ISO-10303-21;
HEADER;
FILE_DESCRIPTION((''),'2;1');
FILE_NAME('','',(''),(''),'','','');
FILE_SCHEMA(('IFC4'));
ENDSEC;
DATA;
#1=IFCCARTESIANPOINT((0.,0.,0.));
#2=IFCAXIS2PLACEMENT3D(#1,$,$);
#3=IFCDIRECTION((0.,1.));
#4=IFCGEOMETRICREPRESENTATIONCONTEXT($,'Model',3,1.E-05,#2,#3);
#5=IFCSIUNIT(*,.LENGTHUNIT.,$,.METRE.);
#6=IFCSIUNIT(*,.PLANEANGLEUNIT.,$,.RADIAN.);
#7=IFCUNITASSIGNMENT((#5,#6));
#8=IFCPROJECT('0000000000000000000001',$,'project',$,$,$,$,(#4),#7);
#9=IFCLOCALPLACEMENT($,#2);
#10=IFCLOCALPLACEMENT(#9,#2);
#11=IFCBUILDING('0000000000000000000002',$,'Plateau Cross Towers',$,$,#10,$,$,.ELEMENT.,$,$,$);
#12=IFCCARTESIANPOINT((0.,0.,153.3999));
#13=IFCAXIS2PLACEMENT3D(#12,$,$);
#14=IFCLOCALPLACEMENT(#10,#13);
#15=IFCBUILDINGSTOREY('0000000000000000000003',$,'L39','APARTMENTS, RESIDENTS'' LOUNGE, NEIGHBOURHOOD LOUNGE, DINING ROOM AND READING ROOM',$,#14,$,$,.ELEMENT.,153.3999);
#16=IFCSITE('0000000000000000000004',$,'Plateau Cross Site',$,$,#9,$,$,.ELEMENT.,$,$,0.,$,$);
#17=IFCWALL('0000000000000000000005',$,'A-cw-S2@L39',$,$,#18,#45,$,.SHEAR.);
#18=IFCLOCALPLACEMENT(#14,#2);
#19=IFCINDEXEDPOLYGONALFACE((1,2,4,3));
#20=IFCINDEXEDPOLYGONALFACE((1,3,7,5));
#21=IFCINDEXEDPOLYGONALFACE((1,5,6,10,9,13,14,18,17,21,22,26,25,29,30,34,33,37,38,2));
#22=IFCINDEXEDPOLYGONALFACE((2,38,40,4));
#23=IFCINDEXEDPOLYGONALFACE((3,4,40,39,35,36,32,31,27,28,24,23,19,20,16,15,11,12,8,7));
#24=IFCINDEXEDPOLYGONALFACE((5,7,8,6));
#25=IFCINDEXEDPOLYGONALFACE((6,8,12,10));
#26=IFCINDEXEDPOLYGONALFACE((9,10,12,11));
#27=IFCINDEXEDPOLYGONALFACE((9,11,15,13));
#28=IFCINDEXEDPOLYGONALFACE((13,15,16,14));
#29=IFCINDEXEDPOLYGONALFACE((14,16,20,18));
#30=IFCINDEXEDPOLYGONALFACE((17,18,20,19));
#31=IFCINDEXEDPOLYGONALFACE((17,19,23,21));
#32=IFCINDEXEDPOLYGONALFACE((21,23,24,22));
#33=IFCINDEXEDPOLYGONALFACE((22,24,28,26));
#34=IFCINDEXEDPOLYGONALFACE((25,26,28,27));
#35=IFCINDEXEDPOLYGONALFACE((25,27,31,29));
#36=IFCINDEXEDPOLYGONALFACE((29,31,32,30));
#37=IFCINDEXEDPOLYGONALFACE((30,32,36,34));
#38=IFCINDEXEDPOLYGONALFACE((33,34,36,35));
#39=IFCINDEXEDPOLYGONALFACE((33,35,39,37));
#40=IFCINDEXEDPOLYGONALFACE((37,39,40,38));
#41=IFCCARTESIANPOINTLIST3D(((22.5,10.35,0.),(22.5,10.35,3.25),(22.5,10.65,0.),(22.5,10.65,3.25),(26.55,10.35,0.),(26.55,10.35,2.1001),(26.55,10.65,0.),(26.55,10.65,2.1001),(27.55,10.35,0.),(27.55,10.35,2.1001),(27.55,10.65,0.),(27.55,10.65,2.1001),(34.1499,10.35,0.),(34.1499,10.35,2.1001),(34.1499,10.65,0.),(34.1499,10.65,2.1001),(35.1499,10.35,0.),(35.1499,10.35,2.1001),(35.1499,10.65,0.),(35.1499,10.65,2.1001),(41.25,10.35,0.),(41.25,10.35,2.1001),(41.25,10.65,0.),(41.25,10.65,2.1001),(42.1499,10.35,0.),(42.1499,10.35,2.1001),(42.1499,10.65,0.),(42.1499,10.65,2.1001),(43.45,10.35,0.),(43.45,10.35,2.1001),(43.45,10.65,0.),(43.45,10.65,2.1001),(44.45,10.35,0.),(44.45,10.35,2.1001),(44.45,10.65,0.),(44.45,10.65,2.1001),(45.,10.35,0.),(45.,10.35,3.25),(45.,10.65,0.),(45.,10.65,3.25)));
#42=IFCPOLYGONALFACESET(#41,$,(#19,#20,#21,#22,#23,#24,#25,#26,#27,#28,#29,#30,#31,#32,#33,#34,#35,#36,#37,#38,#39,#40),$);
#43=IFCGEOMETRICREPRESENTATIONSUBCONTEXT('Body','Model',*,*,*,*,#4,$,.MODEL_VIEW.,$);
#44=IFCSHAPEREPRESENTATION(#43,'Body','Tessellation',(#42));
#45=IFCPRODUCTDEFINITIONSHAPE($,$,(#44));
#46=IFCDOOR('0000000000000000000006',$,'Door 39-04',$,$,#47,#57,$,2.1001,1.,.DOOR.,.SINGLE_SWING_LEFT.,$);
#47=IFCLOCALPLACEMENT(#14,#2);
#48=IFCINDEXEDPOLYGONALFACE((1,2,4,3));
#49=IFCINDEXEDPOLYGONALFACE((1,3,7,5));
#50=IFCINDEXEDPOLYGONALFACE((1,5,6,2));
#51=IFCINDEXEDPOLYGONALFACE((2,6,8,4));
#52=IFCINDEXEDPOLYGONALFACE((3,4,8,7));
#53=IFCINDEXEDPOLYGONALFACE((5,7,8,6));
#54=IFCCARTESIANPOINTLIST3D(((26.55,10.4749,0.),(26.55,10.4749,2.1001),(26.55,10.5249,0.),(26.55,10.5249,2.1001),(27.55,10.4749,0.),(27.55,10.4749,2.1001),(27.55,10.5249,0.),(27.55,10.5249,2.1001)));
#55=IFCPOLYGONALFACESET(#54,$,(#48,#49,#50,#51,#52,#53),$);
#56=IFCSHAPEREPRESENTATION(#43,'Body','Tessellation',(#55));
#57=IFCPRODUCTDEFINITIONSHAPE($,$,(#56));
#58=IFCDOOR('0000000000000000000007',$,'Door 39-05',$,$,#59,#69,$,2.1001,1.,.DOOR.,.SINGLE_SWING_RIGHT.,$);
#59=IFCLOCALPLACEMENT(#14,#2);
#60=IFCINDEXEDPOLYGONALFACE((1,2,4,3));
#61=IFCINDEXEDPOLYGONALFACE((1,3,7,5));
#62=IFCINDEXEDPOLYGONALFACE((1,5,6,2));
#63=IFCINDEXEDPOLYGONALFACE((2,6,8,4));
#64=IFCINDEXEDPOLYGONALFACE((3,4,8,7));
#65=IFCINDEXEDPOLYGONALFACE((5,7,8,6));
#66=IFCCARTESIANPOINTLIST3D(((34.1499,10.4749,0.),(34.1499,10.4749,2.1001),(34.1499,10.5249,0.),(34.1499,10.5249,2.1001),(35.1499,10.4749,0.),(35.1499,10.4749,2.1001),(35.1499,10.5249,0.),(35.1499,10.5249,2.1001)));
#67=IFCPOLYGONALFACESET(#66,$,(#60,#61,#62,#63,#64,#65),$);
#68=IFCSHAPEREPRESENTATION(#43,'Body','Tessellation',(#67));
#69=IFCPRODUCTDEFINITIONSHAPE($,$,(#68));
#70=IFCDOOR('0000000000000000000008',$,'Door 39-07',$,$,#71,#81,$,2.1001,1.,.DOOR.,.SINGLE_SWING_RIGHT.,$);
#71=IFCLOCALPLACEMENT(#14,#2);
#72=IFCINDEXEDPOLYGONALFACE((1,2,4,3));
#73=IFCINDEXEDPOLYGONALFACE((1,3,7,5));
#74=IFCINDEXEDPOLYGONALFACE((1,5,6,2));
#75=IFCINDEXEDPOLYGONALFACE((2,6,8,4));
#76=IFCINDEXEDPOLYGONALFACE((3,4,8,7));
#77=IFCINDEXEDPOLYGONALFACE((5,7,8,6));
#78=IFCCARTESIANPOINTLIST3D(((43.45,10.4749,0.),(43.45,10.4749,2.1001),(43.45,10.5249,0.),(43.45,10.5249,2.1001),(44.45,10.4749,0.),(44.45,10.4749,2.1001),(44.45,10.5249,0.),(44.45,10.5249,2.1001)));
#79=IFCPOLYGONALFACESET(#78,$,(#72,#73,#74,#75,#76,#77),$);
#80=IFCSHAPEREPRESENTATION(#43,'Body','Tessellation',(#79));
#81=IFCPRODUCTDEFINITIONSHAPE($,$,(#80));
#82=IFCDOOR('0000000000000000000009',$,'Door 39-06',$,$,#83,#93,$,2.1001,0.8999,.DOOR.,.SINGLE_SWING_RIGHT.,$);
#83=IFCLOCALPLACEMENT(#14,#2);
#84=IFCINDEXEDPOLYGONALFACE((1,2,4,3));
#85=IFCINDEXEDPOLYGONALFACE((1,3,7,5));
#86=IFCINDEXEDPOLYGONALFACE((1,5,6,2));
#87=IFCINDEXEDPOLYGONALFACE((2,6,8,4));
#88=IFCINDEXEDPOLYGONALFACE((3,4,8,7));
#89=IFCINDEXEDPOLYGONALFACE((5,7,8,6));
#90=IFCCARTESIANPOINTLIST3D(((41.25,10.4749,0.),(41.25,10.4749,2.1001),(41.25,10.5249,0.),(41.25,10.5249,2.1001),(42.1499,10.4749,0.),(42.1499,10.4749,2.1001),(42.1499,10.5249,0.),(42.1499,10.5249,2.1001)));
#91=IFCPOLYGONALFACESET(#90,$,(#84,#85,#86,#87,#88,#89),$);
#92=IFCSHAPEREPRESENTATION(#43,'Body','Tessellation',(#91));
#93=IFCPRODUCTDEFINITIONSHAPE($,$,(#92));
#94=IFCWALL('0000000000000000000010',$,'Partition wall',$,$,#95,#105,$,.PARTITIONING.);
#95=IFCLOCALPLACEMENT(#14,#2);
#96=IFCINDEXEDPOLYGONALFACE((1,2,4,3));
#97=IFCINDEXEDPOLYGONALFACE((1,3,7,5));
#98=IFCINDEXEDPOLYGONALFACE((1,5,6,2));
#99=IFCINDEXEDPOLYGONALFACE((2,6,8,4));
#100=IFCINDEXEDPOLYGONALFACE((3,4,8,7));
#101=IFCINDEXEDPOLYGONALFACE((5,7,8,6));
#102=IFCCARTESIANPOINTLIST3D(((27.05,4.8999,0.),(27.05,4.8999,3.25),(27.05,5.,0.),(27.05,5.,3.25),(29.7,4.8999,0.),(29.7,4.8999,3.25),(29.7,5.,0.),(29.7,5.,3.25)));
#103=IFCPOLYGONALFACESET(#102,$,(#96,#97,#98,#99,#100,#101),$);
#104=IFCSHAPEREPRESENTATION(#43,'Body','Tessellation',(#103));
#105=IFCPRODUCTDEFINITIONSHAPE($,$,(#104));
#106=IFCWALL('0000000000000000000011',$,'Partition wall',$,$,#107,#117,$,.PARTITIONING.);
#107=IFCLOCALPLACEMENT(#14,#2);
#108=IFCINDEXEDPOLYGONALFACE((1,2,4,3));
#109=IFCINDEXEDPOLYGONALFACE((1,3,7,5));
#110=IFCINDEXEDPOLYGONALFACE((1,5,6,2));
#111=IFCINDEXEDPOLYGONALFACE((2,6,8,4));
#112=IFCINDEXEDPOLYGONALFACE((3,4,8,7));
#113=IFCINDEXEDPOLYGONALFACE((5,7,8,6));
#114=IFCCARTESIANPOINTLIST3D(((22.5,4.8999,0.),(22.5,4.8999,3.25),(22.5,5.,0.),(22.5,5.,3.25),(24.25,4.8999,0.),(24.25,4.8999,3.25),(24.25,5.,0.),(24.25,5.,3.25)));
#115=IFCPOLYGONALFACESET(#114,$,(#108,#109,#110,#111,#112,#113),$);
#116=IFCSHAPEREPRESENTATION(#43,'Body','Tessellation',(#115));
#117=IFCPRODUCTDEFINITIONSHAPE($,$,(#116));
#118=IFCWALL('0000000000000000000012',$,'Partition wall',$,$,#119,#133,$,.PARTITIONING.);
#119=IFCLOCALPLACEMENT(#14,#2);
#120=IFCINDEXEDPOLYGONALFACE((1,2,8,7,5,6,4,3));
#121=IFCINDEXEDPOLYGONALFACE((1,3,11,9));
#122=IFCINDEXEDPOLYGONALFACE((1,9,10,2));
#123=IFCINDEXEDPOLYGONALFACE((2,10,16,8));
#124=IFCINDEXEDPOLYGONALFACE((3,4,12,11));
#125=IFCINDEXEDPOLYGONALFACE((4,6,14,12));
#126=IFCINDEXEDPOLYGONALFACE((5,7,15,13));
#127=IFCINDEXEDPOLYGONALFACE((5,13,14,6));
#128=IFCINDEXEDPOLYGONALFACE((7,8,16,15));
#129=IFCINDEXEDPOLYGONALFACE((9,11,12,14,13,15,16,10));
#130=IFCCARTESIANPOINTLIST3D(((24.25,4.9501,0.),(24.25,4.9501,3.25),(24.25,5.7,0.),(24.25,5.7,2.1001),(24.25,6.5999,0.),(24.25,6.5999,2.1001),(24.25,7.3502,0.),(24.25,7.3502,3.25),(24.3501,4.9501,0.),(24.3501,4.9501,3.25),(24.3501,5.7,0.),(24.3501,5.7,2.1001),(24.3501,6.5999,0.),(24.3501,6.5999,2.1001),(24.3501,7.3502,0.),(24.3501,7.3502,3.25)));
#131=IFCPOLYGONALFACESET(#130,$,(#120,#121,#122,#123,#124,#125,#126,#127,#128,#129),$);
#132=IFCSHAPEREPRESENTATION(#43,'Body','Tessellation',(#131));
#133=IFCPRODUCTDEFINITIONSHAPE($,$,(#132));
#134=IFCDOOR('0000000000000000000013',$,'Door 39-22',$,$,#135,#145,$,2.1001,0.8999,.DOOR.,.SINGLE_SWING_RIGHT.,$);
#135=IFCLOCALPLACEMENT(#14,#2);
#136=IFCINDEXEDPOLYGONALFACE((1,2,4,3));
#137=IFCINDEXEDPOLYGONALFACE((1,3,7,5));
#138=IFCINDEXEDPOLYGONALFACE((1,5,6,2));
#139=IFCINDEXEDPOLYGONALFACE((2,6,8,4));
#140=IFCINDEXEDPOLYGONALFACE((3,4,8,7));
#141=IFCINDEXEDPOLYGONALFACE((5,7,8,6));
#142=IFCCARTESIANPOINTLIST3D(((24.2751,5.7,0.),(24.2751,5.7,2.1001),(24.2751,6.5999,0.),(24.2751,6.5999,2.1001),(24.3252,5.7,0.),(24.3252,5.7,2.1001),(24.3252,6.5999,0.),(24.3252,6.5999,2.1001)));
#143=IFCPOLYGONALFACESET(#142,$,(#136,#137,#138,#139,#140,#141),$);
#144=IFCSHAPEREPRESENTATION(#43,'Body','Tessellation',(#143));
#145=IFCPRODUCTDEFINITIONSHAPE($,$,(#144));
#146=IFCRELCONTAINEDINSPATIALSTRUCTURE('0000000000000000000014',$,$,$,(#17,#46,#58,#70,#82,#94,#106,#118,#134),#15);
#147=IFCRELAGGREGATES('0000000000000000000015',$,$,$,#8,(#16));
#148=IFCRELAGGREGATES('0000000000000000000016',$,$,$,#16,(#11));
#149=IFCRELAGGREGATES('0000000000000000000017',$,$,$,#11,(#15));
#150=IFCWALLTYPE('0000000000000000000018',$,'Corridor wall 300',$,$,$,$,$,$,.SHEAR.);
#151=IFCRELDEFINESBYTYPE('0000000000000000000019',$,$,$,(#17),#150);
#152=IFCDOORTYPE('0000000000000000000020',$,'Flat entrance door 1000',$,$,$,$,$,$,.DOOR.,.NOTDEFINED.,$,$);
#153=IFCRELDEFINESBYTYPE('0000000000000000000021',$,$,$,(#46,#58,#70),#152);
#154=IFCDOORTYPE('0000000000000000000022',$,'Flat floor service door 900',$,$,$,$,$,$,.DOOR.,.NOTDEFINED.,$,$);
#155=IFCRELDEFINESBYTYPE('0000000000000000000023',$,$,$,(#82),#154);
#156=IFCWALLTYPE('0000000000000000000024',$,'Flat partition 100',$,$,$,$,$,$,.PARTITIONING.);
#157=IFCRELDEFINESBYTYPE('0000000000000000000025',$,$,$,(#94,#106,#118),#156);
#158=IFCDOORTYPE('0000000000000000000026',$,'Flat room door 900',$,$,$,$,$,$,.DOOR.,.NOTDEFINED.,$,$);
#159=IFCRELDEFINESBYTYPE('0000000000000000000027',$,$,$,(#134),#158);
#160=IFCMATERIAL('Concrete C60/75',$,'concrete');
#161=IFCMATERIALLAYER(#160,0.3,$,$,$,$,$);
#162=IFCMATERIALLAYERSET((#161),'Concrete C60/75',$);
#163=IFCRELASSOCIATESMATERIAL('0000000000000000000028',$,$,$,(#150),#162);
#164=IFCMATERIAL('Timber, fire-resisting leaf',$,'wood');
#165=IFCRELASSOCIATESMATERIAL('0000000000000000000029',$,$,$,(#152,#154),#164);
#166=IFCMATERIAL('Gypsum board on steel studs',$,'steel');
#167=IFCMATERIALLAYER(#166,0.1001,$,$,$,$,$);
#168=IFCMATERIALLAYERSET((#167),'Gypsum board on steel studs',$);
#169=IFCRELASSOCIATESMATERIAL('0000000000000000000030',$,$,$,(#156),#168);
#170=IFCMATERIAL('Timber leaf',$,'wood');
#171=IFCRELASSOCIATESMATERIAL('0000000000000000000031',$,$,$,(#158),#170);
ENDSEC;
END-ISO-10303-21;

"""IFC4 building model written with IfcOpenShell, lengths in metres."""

from ifc_helpers import new_model, si_unit, direction, frame, frame_2d, origin, place, context, subcontext, project, spatial, rectangle, extrude, material, layer, layer_set, type_object, element, fill, save


model = new_model("IFC4")

# Units and contexts
model_context = context("Model", 3, precision=1e-05, world=origin(), true_north=direction((0.0, 1.0)))
body_context = subcontext(model_context, "Body", "Model", "MODEL_VIEW")
ifc_project = project(units=[si_unit("LENGTHUNIT", "METRE"), si_unit("PLANEANGLEUNIT", "RADIAN")], contexts=[model_context])

# Site, building, storey
site_placement = place(None, origin())
site = spatial("IfcSite", under=ifc_project, at=site_placement, Name="Plateau Cross Site", CompositionType="ELEMENT", RefElevation=0.0)
building_placement = place(site_placement, origin())
building = spatial("IfcBuilding", under=site, at=building_placement, Name="Plateau Cross Towers", CompositionType="ELEMENT")
storey_placement = place(building_placement, frame((0.0, 0.0, 153.3999)))
storey = spatial("IfcBuildingStorey", under=building, at=storey_placement, Name="L39", Description="APARTMENTS, RESIDENTS' LOUNGE, NEIGHBOURHOOD LOUNGE, DINING ROOM AND READING ROOM", CompositionType="ELEMENT", Elevation=153.3999)

# Shared definitions
ifc_material_1 = material(Name="Concrete C60/75", Category="concrete")

# Wall, openings, doors
ifc_layer_1 = layer(ifc_material_1, 0.3)
ifc_layer_set_1 = layer_set([ifc_layer_1], Name="Concrete C60/75")
wall_type_1 = type_object("IfcWallType", Name="Corridor wall 300", PredefinedType="SHEAR", material=ifc_layer_set_1)
ifc_material_2 = material(Name="Timber, fire-resisting leaf", Category="wood")
door_type_1 = type_object("IfcDoorType", Name="Flat entrance door 1000", OperationType="NOTDEFINED", PredefinedType="DOOR", material=ifc_material_2)
wall_1_placement = place(storey_placement, frame((22.5, 10.5, 0.0), z_axis=(0.0, 0.0, 1.0), x_axis=(1.0, 0.0, 0.0)))
wall_1 = element("IfcWall", 1, at=wall_1_placement, inside=storey, type_object=wall_type_1, Name="A-cw-S2@L39", PredefinedType="SHEAR", context=body_context, shape_type="SweptSolid", body=[
    extrude(rectangle(XDim=22.5, YDim=0.3, at=frame_2d((11.25, 0.0))), origin(), (0.0, 0.0, 1.0), 3.25),
])
opening_1_placement = place(wall_1_placement, frame((4.05, 0.0, 0.0)))
opening_1 = element("IfcOpeningElement", 2, at=opening_1_placement, cuts=wall_1, PredefinedType="OPENING", context=body_context, shape_type="SweptSolid", body=[
    extrude(rectangle(XDim=1.0, YDim=2.1001, at=frame_2d((0.5, 1.05))), frame((0.0, 0.1599, 0.0), z_axis=(0.0, -1.0, 0.0), x_axis=(1.0, 0.0, 0.0)), (0.0, 0.0, 1.0), 0.3201),
])
opening_2_placement = place(wall_1_placement, frame((11.6499, 0.0, 0.0)))
opening_2 = element("IfcOpeningElement", 3, at=opening_2_placement, cuts=wall_1, PredefinedType="OPENING", context=body_context, shape_type="SweptSolid", body=[
    extrude(rectangle(XDim=1.0, YDim=2.1001, at=frame_2d((0.5, 1.05))), frame((0.0, 0.1599, 0.0), z_axis=(0.0, -1.0, 0.0), x_axis=(1.0, 0.0, 0.0)), (0.0, 0.0, 1.0), 0.3201),
])
opening_3_placement = place(wall_1_placement, frame((18.75, 0.0, 0.0)))
opening_3 = element("IfcOpeningElement", 4, at=opening_3_placement, cuts=wall_1, PredefinedType="OPENING", context=body_context, shape_type="SweptSolid", body=[
    extrude(rectangle(XDim=0.8999, YDim=2.1001, at=frame_2d((0.45, 1.05))), frame((0.0, 0.1599, 0.0), z_axis=(0.0, -1.0, 0.0), x_axis=(1.0, 0.0, 0.0)), (0.0, 0.0, 1.0), 0.3201),
])
opening_4_placement = place(wall_1_placement, frame((20.95, 0.0, 0.0)))
opening_4 = element("IfcOpeningElement", 5, at=opening_4_placement, cuts=wall_1, PredefinedType="OPENING", context=body_context, shape_type="SweptSolid", body=[
    extrude(rectangle(XDim=1.0, YDim=2.1001, at=frame_2d((0.5, 1.05))), frame((0.0, 0.1599, 0.0), z_axis=(0.0, -1.0, 0.0), x_axis=(1.0, 0.0, 0.0)), (0.0, 0.0, 1.0), 0.3201),
])
door_1_placement = place(opening_1_placement, origin())
door_1 = element("IfcDoor", 6, at=door_1_placement, inside=storey, type_object=door_type_1, Name="Door 39-04", OperationType="SINGLE_SWING_LEFT", OverallHeight=2.1001, OverallWidth=1.0, PredefinedType="DOOR", context=body_context, shape_type="SweptSolid", body=[
    extrude(rectangle(XDim=1.0, YDim=2.1001, at=frame_2d((0.5, 1.05))), frame((0.0, 0.0249, 0.0), z_axis=(0.0, -1.0, 0.0), x_axis=(1.0, 0.0, 0.0)), (0.0, 0.0, 1.0), 0.05),
])
fill(opening_1, door_1)
door_2_placement = place(opening_2_placement, origin())
door_2 = element("IfcDoor", 7, at=door_2_placement, inside=storey, type_object=door_type_1, Name="Door 39-05", OperationType="SINGLE_SWING_RIGHT", OverallHeight=2.1001, OverallWidth=1.0, PredefinedType="DOOR", context=body_context, shape_type="SweptSolid", body=[
    extrude(rectangle(XDim=1.0, YDim=2.1001, at=frame_2d((0.5, 1.05))), frame((0.0, 0.0249, 0.0), z_axis=(0.0, -1.0, 0.0), x_axis=(1.0, 0.0, 0.0)), (0.0, 0.0, 1.0), 0.05),
])
fill(opening_2, door_2)
door_3_placement = place(opening_4_placement, origin())
door_3 = element("IfcDoor", 8, at=door_3_placement, inside=storey, type_object=door_type_1, Name="Door 39-07", OperationType="SINGLE_SWING_RIGHT", OverallHeight=2.1001, OverallWidth=1.0, PredefinedType="DOOR", context=body_context, shape_type="SweptSolid", body=[
    extrude(rectangle(XDim=1.0, YDim=2.1001, at=frame_2d((0.5, 1.05))), frame((0.0, 0.0249, 0.0), z_axis=(0.0, -1.0, 0.0), x_axis=(1.0, 0.0, 0.0)), (0.0, 0.0, 1.0), 0.05),
])
fill(opening_4, door_3)
door_type_2 = type_object("IfcDoorType", Name="Flat floor service door 900", OperationType="NOTDEFINED", PredefinedType="DOOR", material=ifc_material_2)
door_4_placement = place(opening_3_placement, origin())
door_4 = element("IfcDoor", 9, at=door_4_placement, inside=storey, type_object=door_type_2, Name="Door 39-06", OperationType="SINGLE_SWING_RIGHT", OverallHeight=2.1001, OverallWidth=0.8999, PredefinedType="DOOR", context=body_context, shape_type="SweptSolid", body=[
    extrude(rectangle(XDim=0.8999, YDim=2.1001, at=frame_2d((0.45, 1.05))), frame((0.0, 0.0249, 0.0), z_axis=(0.0, -1.0, 0.0), x_axis=(1.0, 0.0, 0.0)), (0.0, 0.0, 1.0), 0.05),
])
fill(opening_3, door_4)

# Walls
ifc_material_3 = material(Name="Gypsum board on steel studs", Category="steel")
ifc_layer_2 = layer(ifc_material_3, 0.1001)
ifc_layer_set_2 = layer_set([ifc_layer_2], Name="Gypsum board on steel studs")
wall_type_2 = type_object("IfcWallType", Name="Flat partition 100", PredefinedType="PARTITIONING", material=ifc_layer_set_2)
wall_2_placement = place(storey_placement, frame((29.7, 4.95, 0.0), z_axis=(0.0, 0.0, 1.0), x_axis=(-1.0, 0.0, 0.0)))
element("IfcWall", 10, at=wall_2_placement, inside=storey, type_object=wall_type_2, Name="Partition wall", PredefinedType="PARTITIONING", context=body_context, shape_type="SweptSolid", body=[
    extrude(rectangle(XDim=2.6499, YDim=0.1001, at=frame_2d((1.325, 0.0))), origin(), (0.0, 0.0, 1.0), 3.25),
])
wall_3_placement = place(storey_placement, frame((22.5, 4.95, 0.0), z_axis=(0.0, 0.0, 1.0), x_axis=(1.0, 0.0, 0.0)))
element("IfcWall", 11, at=wall_3_placement, inside=storey, type_object=wall_type_2, Name="Partition wall", PredefinedType="PARTITIONING", context=body_context, shape_type="SweptSolid", body=[
    extrude(rectangle(XDim=1.75, YDim=0.1001, at=frame_2d((0.875, 0.0))), origin(), (0.0, 0.0, 1.0), 3.25),
])

# Wall, opening, door
wall_4_placement = place(storey_placement, frame((24.3, 4.95, 0.0), z_axis=(0.0, 0.0, 1.0), x_axis=(0.0, 1.0, 0.0)))
wall_4 = element("IfcWall", 12, at=wall_4_placement, inside=storey, type_object=wall_type_2, Name="Partition wall", PredefinedType="PARTITIONING", context=body_context, shape_type="SweptSolid", body=[
    extrude(rectangle(XDim=2.4001, YDim=0.1001, at=frame_2d((1.2002, 0.0))), origin(), (0.0, 0.0, 1.0), 3.25),
])
opening_5_placement = place(wall_4_placement, frame((0.75, 0.0, 0.0)))
opening_5 = element("IfcOpeningElement", 13, at=opening_5_placement, cuts=wall_4, PredefinedType="OPENING", context=body_context, shape_type="SweptSolid", body=[
    extrude(rectangle(XDim=0.8999, YDim=2.1001, at=frame_2d((0.45, 1.05))), frame((0.0, 0.0601, 0.0), z_axis=(0.0, -1.0, 0.0), x_axis=(1.0, 0.0, 0.0)), (0.0, 0.0, 1.0), 0.1201),
])
ifc_material_4 = material(Name="Timber leaf", Category="wood")
door_type_3 = type_object("IfcDoorType", Name="Flat room door 900", OperationType="NOTDEFINED", PredefinedType="DOOR", material=ifc_material_4)
door_5_placement = place(opening_5_placement, origin())
door_5 = element("IfcDoor", 14, at=door_5_placement, inside=storey, type_object=door_type_3, Name="Door 39-22", OperationType="SINGLE_SWING_RIGHT", OverallHeight=2.1001, OverallWidth=0.8999, PredefinedType="DOOR", context=body_context, shape_type="SweptSolid", body=[
    extrude(rectangle(XDim=0.8999, YDim=2.1001, at=frame_2d((0.45, 1.05))), frame((0.0, 0.0249, 0.0), z_axis=(0.0, -1.0, 0.0), x_axis=(1.0, 0.0, 0.0)), (0.0, 0.0, 1.0), 0.05),
])
fill(opening_5, door_5)

save(model, "model.ifc")
